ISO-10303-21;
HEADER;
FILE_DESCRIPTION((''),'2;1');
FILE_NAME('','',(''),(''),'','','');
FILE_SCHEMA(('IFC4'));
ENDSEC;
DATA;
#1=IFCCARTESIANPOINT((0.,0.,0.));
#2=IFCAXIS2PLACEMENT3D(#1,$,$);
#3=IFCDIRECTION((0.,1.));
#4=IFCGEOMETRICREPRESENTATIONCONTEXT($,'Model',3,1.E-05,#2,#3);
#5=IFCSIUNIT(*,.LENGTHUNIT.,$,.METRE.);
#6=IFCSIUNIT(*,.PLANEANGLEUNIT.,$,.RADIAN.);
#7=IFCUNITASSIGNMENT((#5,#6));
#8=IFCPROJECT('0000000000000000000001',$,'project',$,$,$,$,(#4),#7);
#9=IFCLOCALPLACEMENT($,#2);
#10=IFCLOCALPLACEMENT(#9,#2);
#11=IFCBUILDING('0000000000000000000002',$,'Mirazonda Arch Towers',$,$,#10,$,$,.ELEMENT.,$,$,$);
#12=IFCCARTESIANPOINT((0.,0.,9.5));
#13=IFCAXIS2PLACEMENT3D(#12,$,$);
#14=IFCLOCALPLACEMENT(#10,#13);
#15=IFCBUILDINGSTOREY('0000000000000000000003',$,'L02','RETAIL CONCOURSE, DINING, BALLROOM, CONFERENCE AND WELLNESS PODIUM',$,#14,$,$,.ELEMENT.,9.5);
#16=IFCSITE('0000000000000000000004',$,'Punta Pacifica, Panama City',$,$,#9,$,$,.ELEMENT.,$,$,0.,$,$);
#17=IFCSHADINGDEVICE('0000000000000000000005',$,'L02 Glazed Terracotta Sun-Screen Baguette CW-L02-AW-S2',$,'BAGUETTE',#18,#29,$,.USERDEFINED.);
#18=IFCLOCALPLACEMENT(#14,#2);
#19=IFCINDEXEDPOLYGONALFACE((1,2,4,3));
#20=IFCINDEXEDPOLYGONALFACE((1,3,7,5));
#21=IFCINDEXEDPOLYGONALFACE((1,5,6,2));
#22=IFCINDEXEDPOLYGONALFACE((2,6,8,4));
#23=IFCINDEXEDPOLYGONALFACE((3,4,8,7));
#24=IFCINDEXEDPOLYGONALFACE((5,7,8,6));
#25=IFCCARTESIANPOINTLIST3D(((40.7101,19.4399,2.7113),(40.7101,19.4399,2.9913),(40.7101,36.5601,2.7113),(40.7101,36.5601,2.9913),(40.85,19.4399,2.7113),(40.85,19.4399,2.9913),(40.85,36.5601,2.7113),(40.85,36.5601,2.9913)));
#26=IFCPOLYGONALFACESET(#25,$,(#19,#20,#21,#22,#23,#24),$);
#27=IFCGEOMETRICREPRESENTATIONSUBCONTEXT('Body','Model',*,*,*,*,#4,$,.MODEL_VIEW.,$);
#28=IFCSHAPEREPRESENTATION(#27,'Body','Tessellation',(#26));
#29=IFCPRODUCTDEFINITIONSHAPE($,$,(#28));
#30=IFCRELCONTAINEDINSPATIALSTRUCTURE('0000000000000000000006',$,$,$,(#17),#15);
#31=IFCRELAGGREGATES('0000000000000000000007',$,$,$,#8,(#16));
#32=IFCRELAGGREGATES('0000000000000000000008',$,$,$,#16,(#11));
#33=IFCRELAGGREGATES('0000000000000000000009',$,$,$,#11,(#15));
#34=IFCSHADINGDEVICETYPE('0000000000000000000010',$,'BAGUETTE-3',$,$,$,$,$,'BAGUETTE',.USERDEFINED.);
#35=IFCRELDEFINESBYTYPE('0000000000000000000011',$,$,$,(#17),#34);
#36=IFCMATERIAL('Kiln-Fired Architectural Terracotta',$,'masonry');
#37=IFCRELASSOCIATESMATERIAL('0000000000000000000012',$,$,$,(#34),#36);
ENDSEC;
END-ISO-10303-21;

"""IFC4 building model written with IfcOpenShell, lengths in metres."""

from ifc_helpers import new_model, si_unit, direction, frame, origin, origin_2d, place, context, subcontext, project, spatial, rectangle, extrude, material, material_profile, profile_set, type_object, element, save


model = new_model("IFC4")

# Units and contexts
model_context = context("Model", 3, precision=1e-05, world=origin(), true_north=direction((0.0, 1.0)))
body_context = subcontext(model_context, "Body", "Model", "MODEL_VIEW")
ifc_project = project(units=[si_unit("LENGTHUNIT", "METRE"), si_unit("PLANEANGLEUNIT", "RADIAN")], contexts=[model_context])

# Site, building, storey
site_placement = place(None, origin())
site = spatial("IfcSite", under=ifc_project, at=site_placement, Name="Punta Pacifica, Panama City", CompositionType="ELEMENT", RefElevation=0.0)
building_placement = place(site_placement, origin())
building = spatial("IfcBuilding", under=site, at=building_placement, Name="Mirazonda Arch Towers", CompositionType="ELEMENT")
storey_placement = place(building_placement, frame((0.0, 0.0, 9.5)))
storey = spatial("IfcBuildingStorey", under=building, at=storey_placement, Name="L02", Description="RETAIL CONCOURSE, DINING, BALLROOM, CONFERENCE AND WELLNESS PODIUM", CompositionType="ELEMENT", Elevation=9.5)

# Shading device
ifc_material_1 = material(Name="Kiln-Fired Architectural Terracotta", Category="masonry")
ifc_material_profile_1 = material_profile(ifc_material_1, rectangle(XDim=0.1399, YDim=0.28, at=origin_2d()), Name="TERRA-BAG-140x280")
ifc_profile_set_1 = profile_set([ifc_material_profile_1], Name="Kiln-Fired Architectural Terracotta")
shading_device_type = type_object("IfcShadingDeviceType", Name="BAGUETTE-3", ElementType="BAGUETTE", PredefinedType="USERDEFINED", material=ifc_profile_set_1)
shading_device_placement = place(storey_placement, frame((40.78, 36.5601, 2.8513), z_axis=(0.0, -1.0, 0.0), x_axis=(1.0, 0.0, 0.0)))
element("IfcShadingDevice", 1, at=shading_device_placement, inside=storey, type_object=shading_device_type, Name="L02 Glazed Terracotta Sun-Screen Baguette CW-L02-AW-S2", ObjectType="BAGUETTE", PredefinedType="USERDEFINED", context=body_context, shape_type="SweptSolid", body=[
    extrude(rectangle(XDim=0.1399, YDim=0.28, at=origin_2d()), origin(), (0.0, 0.0, 1.0), 17.1201),
])

save(model, "model.ifc")
